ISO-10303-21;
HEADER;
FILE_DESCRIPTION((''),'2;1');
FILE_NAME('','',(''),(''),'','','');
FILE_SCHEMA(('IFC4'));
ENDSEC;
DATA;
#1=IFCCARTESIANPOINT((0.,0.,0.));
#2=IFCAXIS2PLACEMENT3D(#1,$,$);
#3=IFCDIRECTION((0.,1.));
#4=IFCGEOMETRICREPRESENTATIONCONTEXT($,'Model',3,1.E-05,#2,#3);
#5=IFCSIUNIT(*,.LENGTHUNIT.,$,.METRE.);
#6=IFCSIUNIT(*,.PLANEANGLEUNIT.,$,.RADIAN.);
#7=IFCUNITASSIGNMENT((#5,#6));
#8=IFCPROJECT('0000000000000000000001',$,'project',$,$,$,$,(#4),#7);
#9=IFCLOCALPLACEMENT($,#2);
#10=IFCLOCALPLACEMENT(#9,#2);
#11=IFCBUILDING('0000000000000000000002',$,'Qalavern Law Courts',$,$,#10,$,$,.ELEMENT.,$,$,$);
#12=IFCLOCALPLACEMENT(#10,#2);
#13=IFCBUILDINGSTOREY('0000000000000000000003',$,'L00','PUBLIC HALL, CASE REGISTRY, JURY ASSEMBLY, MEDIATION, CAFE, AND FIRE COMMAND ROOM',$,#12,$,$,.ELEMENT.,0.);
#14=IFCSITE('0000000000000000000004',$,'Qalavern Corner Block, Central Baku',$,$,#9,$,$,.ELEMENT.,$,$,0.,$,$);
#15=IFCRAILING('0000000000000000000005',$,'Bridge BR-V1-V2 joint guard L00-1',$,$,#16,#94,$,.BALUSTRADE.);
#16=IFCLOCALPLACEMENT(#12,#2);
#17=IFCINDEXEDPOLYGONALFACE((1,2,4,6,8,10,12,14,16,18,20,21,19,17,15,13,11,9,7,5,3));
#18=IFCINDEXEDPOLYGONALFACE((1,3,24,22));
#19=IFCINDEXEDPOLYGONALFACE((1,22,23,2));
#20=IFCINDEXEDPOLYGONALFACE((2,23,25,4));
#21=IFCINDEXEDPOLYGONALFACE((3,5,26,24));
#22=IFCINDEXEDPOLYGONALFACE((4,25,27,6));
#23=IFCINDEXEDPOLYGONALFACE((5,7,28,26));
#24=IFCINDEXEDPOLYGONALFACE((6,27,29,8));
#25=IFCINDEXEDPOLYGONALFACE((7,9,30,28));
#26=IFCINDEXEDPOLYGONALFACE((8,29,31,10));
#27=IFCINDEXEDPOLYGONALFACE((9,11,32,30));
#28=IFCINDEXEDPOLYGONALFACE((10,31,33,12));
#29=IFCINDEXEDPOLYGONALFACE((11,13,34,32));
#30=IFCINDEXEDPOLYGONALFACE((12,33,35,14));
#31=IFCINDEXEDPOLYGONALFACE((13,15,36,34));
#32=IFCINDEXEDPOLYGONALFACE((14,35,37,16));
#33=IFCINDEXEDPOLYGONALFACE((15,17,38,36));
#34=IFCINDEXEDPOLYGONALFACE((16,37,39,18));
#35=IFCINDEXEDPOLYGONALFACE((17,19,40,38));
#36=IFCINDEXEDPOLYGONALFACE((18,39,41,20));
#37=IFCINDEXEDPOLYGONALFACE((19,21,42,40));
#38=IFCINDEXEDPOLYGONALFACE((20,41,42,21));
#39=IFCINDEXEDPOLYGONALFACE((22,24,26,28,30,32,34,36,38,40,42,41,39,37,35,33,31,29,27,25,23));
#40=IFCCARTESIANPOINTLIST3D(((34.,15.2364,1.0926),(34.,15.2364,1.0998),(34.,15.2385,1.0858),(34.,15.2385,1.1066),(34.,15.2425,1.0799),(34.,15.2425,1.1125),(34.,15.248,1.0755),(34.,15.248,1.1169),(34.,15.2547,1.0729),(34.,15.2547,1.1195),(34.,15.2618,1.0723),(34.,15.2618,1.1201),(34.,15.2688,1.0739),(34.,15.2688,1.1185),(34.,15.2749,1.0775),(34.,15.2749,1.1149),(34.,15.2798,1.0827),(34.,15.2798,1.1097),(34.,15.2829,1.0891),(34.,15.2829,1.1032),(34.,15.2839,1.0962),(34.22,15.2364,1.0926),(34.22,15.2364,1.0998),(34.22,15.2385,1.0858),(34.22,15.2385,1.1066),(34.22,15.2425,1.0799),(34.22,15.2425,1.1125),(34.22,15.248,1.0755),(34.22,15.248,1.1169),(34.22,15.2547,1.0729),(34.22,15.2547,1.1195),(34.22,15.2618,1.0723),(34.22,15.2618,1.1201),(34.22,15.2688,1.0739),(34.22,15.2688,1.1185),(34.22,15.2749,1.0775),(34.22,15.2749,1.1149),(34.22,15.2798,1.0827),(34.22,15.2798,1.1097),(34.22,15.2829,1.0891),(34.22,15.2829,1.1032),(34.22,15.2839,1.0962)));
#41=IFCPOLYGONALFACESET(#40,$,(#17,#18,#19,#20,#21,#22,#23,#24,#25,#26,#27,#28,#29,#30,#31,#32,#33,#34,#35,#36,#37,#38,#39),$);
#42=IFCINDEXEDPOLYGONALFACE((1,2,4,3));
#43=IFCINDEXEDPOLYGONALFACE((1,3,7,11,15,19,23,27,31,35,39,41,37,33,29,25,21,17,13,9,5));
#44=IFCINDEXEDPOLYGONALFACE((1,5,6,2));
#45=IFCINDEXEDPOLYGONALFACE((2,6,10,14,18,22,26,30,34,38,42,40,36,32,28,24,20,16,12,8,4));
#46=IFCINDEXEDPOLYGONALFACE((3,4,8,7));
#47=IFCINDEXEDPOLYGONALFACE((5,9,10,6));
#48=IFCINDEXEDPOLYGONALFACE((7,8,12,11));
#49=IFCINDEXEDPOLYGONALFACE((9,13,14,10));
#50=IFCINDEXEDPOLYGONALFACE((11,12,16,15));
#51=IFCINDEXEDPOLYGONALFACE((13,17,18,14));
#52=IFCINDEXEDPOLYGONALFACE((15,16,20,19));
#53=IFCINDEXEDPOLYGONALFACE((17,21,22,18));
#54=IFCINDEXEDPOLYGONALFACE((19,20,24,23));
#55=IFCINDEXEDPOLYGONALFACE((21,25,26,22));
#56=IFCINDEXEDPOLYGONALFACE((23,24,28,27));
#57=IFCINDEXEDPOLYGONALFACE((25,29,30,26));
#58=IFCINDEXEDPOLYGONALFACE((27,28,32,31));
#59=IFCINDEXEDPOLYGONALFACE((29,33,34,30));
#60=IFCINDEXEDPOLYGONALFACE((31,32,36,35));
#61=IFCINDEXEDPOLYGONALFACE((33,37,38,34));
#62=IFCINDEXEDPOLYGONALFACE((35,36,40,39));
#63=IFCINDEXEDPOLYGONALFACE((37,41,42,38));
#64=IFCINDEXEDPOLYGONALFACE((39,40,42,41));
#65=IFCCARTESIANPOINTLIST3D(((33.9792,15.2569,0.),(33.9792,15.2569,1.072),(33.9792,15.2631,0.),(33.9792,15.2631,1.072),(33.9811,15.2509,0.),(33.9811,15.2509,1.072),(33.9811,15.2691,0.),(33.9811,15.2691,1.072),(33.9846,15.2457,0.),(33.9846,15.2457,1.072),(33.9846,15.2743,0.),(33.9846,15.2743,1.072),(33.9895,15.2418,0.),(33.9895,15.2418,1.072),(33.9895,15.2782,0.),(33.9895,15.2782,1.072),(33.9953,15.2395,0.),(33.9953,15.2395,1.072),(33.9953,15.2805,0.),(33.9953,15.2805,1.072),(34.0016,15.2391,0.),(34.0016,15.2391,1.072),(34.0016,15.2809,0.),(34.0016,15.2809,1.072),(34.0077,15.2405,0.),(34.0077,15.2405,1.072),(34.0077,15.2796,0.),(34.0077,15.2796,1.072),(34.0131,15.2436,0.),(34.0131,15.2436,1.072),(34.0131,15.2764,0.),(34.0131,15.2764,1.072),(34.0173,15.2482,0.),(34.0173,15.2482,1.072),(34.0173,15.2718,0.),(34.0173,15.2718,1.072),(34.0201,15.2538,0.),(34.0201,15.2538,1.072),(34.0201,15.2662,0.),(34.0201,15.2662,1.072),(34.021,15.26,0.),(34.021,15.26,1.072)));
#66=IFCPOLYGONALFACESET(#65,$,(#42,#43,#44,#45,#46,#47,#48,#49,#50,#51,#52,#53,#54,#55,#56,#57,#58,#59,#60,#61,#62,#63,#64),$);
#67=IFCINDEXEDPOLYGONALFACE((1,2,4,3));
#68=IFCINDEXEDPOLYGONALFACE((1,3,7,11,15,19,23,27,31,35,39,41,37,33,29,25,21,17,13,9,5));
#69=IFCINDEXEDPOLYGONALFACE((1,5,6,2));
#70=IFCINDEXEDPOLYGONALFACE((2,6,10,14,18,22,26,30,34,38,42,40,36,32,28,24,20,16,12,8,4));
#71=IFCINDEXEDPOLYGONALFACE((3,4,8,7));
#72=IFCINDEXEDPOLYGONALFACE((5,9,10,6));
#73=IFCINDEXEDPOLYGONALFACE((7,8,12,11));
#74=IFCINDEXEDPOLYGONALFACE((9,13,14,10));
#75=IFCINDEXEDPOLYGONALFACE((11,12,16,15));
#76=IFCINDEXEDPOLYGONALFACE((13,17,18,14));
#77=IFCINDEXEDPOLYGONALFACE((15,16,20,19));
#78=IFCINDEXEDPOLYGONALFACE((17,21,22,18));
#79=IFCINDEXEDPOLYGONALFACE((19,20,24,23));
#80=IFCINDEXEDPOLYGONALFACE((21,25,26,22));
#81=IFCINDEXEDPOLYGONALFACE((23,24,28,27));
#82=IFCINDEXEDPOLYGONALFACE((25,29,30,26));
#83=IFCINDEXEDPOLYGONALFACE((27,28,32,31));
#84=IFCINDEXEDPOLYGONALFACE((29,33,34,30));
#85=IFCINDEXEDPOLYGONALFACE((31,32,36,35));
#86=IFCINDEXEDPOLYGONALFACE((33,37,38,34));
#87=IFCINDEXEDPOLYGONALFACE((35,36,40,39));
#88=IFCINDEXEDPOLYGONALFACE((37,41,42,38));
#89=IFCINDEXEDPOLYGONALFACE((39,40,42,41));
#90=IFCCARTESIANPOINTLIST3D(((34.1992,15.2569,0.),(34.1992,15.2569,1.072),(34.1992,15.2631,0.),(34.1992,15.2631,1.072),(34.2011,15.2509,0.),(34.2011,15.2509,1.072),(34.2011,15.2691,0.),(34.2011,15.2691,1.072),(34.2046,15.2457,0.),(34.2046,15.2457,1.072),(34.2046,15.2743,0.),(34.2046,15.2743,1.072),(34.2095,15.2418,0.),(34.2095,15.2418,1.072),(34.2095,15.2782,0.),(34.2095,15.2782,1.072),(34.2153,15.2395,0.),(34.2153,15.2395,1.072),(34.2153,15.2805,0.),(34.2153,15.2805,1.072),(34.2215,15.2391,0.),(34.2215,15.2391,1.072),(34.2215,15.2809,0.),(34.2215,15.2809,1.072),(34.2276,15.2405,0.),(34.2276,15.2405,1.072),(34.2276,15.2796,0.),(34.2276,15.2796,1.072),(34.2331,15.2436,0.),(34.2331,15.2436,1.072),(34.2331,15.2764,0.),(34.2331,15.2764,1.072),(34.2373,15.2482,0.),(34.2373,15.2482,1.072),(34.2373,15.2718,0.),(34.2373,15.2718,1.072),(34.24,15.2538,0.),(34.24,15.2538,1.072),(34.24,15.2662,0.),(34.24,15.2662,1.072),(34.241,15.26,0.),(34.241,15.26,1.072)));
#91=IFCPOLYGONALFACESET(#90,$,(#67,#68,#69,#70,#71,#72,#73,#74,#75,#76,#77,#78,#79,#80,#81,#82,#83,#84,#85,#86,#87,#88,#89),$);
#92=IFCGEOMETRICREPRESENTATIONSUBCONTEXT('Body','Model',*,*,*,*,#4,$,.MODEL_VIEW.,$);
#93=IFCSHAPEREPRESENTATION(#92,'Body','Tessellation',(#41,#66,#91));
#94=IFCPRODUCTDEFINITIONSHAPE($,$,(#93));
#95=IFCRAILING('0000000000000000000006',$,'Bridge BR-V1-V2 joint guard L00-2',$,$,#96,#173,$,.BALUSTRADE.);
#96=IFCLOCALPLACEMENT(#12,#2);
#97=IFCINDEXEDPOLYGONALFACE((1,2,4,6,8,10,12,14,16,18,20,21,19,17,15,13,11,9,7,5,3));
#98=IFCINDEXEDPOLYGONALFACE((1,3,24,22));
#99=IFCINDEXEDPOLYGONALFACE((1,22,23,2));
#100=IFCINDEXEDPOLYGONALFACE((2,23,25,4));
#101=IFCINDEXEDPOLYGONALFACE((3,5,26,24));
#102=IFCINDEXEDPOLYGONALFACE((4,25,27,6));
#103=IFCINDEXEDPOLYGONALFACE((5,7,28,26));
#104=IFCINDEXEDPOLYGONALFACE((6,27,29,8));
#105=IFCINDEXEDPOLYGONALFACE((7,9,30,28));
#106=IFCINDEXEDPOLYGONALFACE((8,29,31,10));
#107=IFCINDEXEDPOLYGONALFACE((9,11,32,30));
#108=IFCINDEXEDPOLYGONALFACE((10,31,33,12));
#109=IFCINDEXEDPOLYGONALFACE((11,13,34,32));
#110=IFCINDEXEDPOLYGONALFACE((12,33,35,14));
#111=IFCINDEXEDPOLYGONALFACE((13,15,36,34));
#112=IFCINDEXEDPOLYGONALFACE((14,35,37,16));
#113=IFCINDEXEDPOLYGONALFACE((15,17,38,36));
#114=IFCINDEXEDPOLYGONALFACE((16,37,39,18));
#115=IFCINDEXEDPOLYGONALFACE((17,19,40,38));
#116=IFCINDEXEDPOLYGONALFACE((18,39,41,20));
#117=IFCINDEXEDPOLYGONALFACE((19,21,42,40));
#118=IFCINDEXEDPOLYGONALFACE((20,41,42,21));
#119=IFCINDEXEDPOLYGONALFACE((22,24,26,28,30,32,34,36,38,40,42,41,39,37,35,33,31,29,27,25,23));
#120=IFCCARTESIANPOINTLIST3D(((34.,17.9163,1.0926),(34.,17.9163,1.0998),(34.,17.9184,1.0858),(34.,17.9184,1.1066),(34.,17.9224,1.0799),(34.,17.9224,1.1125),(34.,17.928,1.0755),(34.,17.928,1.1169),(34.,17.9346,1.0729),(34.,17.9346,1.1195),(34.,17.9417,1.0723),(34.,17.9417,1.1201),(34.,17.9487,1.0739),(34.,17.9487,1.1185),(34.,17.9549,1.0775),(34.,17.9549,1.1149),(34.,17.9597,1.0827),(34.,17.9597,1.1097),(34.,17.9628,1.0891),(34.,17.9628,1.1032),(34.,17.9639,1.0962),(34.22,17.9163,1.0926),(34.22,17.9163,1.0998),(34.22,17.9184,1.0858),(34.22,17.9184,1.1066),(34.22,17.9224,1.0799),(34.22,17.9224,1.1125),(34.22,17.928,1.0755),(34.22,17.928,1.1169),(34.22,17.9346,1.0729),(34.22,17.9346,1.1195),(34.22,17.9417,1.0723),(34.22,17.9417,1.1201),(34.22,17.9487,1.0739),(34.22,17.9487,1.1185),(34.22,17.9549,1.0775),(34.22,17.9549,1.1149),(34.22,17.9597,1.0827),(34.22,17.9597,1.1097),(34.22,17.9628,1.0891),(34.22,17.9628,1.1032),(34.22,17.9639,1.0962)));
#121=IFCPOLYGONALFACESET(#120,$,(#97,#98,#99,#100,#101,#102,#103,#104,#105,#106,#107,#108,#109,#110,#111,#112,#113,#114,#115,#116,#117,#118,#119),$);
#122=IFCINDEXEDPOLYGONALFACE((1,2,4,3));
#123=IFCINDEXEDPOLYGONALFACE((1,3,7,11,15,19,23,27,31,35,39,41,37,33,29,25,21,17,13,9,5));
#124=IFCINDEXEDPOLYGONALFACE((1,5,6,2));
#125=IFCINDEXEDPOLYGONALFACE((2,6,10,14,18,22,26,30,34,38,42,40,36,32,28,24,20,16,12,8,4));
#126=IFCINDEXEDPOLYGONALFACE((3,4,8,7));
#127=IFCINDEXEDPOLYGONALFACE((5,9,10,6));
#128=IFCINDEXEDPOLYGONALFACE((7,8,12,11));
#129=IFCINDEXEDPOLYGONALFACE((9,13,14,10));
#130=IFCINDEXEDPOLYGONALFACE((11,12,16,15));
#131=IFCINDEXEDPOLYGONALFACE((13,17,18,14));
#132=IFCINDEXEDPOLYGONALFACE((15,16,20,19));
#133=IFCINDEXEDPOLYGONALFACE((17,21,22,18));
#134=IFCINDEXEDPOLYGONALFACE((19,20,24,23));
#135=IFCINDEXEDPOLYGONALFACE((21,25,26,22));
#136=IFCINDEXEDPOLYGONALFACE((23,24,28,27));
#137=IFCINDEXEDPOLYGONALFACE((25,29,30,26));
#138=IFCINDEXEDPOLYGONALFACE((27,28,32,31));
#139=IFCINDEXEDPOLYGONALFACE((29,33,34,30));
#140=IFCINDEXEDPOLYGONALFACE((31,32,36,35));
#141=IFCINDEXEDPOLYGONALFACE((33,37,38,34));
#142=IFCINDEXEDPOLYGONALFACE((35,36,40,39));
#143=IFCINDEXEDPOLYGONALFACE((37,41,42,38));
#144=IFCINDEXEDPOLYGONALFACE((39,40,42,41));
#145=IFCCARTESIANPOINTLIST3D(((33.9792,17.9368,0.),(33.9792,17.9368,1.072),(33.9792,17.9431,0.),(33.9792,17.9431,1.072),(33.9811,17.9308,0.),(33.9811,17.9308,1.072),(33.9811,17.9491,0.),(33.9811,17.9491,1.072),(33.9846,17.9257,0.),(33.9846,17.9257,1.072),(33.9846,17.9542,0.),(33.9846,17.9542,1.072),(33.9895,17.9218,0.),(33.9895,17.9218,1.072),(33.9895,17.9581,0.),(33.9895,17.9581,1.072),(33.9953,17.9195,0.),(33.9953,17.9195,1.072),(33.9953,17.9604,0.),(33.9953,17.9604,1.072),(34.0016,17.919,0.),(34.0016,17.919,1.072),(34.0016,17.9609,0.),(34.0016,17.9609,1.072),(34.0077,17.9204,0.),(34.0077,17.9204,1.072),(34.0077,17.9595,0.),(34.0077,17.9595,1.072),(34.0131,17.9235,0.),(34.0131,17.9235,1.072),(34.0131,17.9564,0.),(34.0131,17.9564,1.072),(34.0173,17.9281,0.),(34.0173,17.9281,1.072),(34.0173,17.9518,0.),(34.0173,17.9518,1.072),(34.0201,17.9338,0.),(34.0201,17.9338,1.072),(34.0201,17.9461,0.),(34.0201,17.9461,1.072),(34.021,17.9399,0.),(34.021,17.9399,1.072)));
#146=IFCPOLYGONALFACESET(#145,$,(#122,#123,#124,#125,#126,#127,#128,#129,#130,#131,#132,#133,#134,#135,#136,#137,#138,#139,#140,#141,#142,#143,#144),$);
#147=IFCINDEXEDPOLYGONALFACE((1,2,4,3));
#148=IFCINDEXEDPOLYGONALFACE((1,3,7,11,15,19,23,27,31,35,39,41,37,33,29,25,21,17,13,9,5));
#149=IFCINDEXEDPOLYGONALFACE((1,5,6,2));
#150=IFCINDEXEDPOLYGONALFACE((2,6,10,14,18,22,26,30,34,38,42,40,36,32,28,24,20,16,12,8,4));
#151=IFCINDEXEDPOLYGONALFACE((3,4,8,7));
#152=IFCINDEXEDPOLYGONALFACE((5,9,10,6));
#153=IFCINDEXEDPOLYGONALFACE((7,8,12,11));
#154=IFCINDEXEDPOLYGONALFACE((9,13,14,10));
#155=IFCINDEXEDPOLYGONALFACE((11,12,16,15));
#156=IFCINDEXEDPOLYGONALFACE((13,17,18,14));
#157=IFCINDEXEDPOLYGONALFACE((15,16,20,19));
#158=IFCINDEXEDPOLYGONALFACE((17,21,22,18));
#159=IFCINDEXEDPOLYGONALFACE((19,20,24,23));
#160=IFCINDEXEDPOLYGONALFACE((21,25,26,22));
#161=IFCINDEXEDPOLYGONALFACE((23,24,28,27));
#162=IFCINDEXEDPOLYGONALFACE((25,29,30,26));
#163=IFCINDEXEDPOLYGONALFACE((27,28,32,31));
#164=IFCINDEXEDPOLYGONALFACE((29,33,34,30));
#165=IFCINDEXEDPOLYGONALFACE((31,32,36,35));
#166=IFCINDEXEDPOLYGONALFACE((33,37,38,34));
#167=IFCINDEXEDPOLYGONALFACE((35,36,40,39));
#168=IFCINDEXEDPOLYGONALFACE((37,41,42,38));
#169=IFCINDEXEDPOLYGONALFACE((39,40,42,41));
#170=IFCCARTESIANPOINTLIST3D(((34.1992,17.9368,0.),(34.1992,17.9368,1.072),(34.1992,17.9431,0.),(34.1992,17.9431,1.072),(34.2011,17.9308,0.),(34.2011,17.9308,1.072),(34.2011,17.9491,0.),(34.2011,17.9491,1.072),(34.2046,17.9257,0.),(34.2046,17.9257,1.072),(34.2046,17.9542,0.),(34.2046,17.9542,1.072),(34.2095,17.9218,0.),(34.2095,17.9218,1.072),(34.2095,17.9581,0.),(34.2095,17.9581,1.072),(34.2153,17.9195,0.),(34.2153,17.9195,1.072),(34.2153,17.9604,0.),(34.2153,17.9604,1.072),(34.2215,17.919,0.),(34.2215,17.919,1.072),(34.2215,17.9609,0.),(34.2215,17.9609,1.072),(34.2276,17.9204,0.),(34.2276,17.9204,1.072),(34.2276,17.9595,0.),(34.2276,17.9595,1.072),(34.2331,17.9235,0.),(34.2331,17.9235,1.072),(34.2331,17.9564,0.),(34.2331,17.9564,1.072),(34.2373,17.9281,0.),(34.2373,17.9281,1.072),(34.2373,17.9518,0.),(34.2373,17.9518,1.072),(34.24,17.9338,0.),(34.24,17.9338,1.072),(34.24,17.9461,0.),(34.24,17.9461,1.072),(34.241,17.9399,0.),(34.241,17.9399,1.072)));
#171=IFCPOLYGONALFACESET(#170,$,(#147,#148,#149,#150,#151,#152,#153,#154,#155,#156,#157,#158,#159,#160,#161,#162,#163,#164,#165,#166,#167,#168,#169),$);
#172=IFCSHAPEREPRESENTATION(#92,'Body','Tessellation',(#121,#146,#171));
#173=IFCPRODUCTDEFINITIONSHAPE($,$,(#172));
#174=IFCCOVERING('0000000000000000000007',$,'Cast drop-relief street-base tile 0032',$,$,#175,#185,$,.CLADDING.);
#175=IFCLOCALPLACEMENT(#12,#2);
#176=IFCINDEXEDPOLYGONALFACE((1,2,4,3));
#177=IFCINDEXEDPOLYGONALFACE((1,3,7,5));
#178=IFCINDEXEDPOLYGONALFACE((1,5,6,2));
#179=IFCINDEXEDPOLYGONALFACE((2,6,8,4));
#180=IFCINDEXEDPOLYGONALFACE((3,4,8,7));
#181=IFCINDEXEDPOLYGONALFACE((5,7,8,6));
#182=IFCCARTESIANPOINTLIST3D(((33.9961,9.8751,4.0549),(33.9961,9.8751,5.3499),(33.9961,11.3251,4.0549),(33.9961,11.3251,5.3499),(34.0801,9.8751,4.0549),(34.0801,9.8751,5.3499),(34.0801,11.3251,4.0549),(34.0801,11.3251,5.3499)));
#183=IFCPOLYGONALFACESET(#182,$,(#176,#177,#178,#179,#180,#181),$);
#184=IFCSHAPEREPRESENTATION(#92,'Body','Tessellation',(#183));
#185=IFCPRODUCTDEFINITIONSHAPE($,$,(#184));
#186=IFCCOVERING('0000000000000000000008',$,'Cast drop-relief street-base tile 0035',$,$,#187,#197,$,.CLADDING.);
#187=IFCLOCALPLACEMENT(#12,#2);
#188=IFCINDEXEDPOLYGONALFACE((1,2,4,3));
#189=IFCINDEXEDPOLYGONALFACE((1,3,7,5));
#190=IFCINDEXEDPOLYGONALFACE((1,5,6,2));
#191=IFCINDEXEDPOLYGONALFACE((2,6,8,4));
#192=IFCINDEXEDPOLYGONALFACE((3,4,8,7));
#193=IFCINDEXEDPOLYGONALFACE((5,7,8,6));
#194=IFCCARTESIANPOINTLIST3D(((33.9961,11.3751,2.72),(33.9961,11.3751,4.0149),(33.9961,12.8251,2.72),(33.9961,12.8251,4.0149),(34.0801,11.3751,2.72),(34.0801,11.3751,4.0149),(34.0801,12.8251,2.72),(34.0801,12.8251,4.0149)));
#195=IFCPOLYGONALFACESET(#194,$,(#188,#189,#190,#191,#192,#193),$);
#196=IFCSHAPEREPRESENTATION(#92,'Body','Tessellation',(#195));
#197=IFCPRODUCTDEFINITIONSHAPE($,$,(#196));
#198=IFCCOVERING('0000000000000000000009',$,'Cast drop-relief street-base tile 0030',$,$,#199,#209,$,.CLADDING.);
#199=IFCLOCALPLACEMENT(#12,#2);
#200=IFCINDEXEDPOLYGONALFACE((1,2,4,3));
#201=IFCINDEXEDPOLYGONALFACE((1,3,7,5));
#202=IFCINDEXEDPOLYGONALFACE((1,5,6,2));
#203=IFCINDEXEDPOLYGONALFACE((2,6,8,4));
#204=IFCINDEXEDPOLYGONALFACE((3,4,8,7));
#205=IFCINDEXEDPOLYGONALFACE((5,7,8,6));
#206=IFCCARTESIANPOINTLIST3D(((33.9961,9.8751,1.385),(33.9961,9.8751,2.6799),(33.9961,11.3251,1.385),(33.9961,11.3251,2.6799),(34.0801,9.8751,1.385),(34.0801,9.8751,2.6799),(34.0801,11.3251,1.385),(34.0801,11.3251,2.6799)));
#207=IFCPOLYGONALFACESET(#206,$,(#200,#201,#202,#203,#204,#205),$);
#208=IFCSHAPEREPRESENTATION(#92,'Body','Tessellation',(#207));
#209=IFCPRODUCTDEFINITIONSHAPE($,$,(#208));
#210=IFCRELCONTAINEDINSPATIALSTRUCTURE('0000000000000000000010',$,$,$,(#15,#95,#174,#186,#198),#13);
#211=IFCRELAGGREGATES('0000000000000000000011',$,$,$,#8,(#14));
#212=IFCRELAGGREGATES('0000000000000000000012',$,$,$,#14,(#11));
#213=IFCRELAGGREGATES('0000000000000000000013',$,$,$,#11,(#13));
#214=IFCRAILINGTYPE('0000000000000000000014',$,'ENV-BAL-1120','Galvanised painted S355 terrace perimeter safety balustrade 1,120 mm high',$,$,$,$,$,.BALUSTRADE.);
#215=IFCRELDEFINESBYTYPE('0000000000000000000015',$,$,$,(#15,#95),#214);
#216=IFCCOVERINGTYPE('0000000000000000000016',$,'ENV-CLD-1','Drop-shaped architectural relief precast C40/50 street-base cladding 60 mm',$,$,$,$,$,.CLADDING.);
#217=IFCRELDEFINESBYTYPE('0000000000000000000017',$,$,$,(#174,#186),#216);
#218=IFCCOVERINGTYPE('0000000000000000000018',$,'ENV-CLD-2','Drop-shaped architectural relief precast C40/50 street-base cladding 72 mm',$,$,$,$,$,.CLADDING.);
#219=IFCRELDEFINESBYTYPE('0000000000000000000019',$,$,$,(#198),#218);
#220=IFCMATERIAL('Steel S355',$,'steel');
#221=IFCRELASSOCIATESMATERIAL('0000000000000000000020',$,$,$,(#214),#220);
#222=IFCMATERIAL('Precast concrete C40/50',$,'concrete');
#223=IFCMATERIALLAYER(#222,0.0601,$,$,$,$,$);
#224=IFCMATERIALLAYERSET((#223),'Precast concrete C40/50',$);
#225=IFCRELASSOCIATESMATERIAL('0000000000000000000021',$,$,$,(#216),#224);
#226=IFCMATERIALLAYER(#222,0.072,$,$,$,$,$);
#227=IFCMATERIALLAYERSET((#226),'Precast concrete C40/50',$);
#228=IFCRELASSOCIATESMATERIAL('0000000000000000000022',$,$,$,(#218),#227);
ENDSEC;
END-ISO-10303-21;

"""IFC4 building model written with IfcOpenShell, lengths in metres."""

from ifc_helpers import new_model, si_unit, direction, frame, origin, origin_2d, place, context, subcontext, project, spatial, rectangle, circle, extrude, material, layer, layer_set, type_object, element, save


model = new_model("IFC4")

# Units and contexts
model_context = context("Model", 3, precision=1e-05, world=origin(), true_north=direction((0.0, 1.0)))
body_context = subcontext(model_context, "Body", "Model", "MODEL_VIEW")
ifc_project = project(units=[si_unit("LENGTHUNIT", "METRE"), si_unit("PLANEANGLEUNIT", "RADIAN")], contexts=[model_context])

# Site, building, storey
site_placement = place(None, origin())
site = spatial("IfcSite", under=ifc_project, at=site_placement, Name="Qalavern Corner Block, Central Baku", CompositionType="ELEMENT", RefElevation=0.0)
building_placement = place(site_placement, origin())
building = spatial("IfcBuilding", under=site, at=building_placement, Name="Qalavern Law Courts", CompositionType="ELEMENT")
storey_placement = place(building_placement, origin())
storey = spatial("IfcBuildingStorey", under=building, at=storey_placement, Name="L00", Description="PUBLIC HALL, CASE REGISTRY, JURY ASSEMBLY, MEDIATION, CAFE, AND FIRE COMMAND ROOM", CompositionType="ELEMENT", Elevation=0.0)

# Shared definitions
ifc_material_1 = material(Name="Steel S355", Category="steel")

# Railings
railing_type = type_object("IfcRailingType", Name="ENV-BAL-1120", Description="Galvanised painted S355 terrace perimeter safety balustrade 1,120 mm high", PredefinedType="BALUSTRADE", material=ifc_material_1)
for number, where, name in (
    (1, (34.0, 15.26, 0.0), "Bridge BR-V1-V2 joint guard L00-1"),
    (2, (34.0, 17.9399, 0.0), "Bridge BR-V1-V2 joint guard L00-2"),
):
    element("IfcRailing", number, at=place(storey_placement, frame(where)), inside=storey, type_object=railing_type, Name=name, PredefinedType="BALUSTRADE", context=body_context, shape_type="SweptSolid", body=[
        extrude(circle(Radius=0.0239, at=origin_2d()), frame((0.0, 0.0, 1.0962), z_axis=(1.0, 0.0, 0.0), x_axis=(0.0, 1.0, 0.0)), (0.0, 0.0, 1.0), 0.22),
        extrude(circle(Radius=0.021, at=origin_2d()), origin(), (0.0, 0.0, 1.0), 1.072),
        extrude(circle(Radius=0.021, at=origin_2d()), frame((0.22, 0.0, 0.0)), (0.0, 0.0, 1.0), 1.072),
    ])

# Coverings
ifc_material_2 = material(Name="Precast concrete C40/50", Category="concrete")
ifc_layer_1 = layer(ifc_material_2, 0.0601)
ifc_layer_set_1 = layer_set([ifc_layer_1], Name="Precast concrete C40/50")
covering_type_1 = type_object("IfcCoveringType", Name="ENV-CLD-1", Description="Drop-shaped architectural relief precast C40/50 street-base cladding 60 mm", PredefinedType="CLADDING", material=ifc_layer_set_1)
for number, where, z_axis, x_axis, name in (
    (3, (34.0381, 10.6001, 4.0549), (0.0, 0.0, 1.0), (0.0, 1.0, 0.0), "Cast drop-relief street-base tile 0032"),
    (4, (34.0381, 12.1001, 2.72), (0.0, 0.0, 1.0), (0.0, 1.0, 0.0), "Cast drop-relief street-base tile 0035"),
):
    element("IfcCovering", number, at=place(storey_placement, frame(where, z_axis=z_axis, x_axis=x_axis)), inside=storey, type_object=covering_type_1, Name=name, PredefinedType="CLADDING", context=body_context, shape_type="SweptSolid", body=[
        extrude(rectangle(XDim=1.45, YDim=0.084, at=origin_2d()), origin(), (0.0, 0.0, 1.0), 1.2949),
    ])
ifc_layer_2 = layer(ifc_material_2, 0.072)
ifc_layer_set_2 = layer_set([ifc_layer_2], Name="Precast concrete C40/50")
covering_type_2 = type_object("IfcCoveringType", Name="ENV-CLD-2", Description="Drop-shaped architectural relief precast C40/50 street-base cladding 72 mm", PredefinedType="CLADDING", material=ifc_layer_set_2)
for number, where, z_axis, x_axis, name in (
    (5, (34.0381, 10.6001, 1.385), (0.0, 0.0, 1.0), (0.0, 1.0, 0.0), "Cast drop-relief street-base tile 0030"),
):
    element("IfcCovering", number, at=place(storey_placement, frame(where, z_axis=z_axis, x_axis=x_axis)), inside=storey, type_object=covering_type_2, Name=name, PredefinedType="CLADDING", context=body_context, shape_type="SweptSolid", body=[
        extrude(rectangle(XDim=1.45, YDim=0.084, at=origin_2d()), origin(), (0.0, 0.0, 1.0), 1.2949),
    ])

save(model, "model.ifc")
